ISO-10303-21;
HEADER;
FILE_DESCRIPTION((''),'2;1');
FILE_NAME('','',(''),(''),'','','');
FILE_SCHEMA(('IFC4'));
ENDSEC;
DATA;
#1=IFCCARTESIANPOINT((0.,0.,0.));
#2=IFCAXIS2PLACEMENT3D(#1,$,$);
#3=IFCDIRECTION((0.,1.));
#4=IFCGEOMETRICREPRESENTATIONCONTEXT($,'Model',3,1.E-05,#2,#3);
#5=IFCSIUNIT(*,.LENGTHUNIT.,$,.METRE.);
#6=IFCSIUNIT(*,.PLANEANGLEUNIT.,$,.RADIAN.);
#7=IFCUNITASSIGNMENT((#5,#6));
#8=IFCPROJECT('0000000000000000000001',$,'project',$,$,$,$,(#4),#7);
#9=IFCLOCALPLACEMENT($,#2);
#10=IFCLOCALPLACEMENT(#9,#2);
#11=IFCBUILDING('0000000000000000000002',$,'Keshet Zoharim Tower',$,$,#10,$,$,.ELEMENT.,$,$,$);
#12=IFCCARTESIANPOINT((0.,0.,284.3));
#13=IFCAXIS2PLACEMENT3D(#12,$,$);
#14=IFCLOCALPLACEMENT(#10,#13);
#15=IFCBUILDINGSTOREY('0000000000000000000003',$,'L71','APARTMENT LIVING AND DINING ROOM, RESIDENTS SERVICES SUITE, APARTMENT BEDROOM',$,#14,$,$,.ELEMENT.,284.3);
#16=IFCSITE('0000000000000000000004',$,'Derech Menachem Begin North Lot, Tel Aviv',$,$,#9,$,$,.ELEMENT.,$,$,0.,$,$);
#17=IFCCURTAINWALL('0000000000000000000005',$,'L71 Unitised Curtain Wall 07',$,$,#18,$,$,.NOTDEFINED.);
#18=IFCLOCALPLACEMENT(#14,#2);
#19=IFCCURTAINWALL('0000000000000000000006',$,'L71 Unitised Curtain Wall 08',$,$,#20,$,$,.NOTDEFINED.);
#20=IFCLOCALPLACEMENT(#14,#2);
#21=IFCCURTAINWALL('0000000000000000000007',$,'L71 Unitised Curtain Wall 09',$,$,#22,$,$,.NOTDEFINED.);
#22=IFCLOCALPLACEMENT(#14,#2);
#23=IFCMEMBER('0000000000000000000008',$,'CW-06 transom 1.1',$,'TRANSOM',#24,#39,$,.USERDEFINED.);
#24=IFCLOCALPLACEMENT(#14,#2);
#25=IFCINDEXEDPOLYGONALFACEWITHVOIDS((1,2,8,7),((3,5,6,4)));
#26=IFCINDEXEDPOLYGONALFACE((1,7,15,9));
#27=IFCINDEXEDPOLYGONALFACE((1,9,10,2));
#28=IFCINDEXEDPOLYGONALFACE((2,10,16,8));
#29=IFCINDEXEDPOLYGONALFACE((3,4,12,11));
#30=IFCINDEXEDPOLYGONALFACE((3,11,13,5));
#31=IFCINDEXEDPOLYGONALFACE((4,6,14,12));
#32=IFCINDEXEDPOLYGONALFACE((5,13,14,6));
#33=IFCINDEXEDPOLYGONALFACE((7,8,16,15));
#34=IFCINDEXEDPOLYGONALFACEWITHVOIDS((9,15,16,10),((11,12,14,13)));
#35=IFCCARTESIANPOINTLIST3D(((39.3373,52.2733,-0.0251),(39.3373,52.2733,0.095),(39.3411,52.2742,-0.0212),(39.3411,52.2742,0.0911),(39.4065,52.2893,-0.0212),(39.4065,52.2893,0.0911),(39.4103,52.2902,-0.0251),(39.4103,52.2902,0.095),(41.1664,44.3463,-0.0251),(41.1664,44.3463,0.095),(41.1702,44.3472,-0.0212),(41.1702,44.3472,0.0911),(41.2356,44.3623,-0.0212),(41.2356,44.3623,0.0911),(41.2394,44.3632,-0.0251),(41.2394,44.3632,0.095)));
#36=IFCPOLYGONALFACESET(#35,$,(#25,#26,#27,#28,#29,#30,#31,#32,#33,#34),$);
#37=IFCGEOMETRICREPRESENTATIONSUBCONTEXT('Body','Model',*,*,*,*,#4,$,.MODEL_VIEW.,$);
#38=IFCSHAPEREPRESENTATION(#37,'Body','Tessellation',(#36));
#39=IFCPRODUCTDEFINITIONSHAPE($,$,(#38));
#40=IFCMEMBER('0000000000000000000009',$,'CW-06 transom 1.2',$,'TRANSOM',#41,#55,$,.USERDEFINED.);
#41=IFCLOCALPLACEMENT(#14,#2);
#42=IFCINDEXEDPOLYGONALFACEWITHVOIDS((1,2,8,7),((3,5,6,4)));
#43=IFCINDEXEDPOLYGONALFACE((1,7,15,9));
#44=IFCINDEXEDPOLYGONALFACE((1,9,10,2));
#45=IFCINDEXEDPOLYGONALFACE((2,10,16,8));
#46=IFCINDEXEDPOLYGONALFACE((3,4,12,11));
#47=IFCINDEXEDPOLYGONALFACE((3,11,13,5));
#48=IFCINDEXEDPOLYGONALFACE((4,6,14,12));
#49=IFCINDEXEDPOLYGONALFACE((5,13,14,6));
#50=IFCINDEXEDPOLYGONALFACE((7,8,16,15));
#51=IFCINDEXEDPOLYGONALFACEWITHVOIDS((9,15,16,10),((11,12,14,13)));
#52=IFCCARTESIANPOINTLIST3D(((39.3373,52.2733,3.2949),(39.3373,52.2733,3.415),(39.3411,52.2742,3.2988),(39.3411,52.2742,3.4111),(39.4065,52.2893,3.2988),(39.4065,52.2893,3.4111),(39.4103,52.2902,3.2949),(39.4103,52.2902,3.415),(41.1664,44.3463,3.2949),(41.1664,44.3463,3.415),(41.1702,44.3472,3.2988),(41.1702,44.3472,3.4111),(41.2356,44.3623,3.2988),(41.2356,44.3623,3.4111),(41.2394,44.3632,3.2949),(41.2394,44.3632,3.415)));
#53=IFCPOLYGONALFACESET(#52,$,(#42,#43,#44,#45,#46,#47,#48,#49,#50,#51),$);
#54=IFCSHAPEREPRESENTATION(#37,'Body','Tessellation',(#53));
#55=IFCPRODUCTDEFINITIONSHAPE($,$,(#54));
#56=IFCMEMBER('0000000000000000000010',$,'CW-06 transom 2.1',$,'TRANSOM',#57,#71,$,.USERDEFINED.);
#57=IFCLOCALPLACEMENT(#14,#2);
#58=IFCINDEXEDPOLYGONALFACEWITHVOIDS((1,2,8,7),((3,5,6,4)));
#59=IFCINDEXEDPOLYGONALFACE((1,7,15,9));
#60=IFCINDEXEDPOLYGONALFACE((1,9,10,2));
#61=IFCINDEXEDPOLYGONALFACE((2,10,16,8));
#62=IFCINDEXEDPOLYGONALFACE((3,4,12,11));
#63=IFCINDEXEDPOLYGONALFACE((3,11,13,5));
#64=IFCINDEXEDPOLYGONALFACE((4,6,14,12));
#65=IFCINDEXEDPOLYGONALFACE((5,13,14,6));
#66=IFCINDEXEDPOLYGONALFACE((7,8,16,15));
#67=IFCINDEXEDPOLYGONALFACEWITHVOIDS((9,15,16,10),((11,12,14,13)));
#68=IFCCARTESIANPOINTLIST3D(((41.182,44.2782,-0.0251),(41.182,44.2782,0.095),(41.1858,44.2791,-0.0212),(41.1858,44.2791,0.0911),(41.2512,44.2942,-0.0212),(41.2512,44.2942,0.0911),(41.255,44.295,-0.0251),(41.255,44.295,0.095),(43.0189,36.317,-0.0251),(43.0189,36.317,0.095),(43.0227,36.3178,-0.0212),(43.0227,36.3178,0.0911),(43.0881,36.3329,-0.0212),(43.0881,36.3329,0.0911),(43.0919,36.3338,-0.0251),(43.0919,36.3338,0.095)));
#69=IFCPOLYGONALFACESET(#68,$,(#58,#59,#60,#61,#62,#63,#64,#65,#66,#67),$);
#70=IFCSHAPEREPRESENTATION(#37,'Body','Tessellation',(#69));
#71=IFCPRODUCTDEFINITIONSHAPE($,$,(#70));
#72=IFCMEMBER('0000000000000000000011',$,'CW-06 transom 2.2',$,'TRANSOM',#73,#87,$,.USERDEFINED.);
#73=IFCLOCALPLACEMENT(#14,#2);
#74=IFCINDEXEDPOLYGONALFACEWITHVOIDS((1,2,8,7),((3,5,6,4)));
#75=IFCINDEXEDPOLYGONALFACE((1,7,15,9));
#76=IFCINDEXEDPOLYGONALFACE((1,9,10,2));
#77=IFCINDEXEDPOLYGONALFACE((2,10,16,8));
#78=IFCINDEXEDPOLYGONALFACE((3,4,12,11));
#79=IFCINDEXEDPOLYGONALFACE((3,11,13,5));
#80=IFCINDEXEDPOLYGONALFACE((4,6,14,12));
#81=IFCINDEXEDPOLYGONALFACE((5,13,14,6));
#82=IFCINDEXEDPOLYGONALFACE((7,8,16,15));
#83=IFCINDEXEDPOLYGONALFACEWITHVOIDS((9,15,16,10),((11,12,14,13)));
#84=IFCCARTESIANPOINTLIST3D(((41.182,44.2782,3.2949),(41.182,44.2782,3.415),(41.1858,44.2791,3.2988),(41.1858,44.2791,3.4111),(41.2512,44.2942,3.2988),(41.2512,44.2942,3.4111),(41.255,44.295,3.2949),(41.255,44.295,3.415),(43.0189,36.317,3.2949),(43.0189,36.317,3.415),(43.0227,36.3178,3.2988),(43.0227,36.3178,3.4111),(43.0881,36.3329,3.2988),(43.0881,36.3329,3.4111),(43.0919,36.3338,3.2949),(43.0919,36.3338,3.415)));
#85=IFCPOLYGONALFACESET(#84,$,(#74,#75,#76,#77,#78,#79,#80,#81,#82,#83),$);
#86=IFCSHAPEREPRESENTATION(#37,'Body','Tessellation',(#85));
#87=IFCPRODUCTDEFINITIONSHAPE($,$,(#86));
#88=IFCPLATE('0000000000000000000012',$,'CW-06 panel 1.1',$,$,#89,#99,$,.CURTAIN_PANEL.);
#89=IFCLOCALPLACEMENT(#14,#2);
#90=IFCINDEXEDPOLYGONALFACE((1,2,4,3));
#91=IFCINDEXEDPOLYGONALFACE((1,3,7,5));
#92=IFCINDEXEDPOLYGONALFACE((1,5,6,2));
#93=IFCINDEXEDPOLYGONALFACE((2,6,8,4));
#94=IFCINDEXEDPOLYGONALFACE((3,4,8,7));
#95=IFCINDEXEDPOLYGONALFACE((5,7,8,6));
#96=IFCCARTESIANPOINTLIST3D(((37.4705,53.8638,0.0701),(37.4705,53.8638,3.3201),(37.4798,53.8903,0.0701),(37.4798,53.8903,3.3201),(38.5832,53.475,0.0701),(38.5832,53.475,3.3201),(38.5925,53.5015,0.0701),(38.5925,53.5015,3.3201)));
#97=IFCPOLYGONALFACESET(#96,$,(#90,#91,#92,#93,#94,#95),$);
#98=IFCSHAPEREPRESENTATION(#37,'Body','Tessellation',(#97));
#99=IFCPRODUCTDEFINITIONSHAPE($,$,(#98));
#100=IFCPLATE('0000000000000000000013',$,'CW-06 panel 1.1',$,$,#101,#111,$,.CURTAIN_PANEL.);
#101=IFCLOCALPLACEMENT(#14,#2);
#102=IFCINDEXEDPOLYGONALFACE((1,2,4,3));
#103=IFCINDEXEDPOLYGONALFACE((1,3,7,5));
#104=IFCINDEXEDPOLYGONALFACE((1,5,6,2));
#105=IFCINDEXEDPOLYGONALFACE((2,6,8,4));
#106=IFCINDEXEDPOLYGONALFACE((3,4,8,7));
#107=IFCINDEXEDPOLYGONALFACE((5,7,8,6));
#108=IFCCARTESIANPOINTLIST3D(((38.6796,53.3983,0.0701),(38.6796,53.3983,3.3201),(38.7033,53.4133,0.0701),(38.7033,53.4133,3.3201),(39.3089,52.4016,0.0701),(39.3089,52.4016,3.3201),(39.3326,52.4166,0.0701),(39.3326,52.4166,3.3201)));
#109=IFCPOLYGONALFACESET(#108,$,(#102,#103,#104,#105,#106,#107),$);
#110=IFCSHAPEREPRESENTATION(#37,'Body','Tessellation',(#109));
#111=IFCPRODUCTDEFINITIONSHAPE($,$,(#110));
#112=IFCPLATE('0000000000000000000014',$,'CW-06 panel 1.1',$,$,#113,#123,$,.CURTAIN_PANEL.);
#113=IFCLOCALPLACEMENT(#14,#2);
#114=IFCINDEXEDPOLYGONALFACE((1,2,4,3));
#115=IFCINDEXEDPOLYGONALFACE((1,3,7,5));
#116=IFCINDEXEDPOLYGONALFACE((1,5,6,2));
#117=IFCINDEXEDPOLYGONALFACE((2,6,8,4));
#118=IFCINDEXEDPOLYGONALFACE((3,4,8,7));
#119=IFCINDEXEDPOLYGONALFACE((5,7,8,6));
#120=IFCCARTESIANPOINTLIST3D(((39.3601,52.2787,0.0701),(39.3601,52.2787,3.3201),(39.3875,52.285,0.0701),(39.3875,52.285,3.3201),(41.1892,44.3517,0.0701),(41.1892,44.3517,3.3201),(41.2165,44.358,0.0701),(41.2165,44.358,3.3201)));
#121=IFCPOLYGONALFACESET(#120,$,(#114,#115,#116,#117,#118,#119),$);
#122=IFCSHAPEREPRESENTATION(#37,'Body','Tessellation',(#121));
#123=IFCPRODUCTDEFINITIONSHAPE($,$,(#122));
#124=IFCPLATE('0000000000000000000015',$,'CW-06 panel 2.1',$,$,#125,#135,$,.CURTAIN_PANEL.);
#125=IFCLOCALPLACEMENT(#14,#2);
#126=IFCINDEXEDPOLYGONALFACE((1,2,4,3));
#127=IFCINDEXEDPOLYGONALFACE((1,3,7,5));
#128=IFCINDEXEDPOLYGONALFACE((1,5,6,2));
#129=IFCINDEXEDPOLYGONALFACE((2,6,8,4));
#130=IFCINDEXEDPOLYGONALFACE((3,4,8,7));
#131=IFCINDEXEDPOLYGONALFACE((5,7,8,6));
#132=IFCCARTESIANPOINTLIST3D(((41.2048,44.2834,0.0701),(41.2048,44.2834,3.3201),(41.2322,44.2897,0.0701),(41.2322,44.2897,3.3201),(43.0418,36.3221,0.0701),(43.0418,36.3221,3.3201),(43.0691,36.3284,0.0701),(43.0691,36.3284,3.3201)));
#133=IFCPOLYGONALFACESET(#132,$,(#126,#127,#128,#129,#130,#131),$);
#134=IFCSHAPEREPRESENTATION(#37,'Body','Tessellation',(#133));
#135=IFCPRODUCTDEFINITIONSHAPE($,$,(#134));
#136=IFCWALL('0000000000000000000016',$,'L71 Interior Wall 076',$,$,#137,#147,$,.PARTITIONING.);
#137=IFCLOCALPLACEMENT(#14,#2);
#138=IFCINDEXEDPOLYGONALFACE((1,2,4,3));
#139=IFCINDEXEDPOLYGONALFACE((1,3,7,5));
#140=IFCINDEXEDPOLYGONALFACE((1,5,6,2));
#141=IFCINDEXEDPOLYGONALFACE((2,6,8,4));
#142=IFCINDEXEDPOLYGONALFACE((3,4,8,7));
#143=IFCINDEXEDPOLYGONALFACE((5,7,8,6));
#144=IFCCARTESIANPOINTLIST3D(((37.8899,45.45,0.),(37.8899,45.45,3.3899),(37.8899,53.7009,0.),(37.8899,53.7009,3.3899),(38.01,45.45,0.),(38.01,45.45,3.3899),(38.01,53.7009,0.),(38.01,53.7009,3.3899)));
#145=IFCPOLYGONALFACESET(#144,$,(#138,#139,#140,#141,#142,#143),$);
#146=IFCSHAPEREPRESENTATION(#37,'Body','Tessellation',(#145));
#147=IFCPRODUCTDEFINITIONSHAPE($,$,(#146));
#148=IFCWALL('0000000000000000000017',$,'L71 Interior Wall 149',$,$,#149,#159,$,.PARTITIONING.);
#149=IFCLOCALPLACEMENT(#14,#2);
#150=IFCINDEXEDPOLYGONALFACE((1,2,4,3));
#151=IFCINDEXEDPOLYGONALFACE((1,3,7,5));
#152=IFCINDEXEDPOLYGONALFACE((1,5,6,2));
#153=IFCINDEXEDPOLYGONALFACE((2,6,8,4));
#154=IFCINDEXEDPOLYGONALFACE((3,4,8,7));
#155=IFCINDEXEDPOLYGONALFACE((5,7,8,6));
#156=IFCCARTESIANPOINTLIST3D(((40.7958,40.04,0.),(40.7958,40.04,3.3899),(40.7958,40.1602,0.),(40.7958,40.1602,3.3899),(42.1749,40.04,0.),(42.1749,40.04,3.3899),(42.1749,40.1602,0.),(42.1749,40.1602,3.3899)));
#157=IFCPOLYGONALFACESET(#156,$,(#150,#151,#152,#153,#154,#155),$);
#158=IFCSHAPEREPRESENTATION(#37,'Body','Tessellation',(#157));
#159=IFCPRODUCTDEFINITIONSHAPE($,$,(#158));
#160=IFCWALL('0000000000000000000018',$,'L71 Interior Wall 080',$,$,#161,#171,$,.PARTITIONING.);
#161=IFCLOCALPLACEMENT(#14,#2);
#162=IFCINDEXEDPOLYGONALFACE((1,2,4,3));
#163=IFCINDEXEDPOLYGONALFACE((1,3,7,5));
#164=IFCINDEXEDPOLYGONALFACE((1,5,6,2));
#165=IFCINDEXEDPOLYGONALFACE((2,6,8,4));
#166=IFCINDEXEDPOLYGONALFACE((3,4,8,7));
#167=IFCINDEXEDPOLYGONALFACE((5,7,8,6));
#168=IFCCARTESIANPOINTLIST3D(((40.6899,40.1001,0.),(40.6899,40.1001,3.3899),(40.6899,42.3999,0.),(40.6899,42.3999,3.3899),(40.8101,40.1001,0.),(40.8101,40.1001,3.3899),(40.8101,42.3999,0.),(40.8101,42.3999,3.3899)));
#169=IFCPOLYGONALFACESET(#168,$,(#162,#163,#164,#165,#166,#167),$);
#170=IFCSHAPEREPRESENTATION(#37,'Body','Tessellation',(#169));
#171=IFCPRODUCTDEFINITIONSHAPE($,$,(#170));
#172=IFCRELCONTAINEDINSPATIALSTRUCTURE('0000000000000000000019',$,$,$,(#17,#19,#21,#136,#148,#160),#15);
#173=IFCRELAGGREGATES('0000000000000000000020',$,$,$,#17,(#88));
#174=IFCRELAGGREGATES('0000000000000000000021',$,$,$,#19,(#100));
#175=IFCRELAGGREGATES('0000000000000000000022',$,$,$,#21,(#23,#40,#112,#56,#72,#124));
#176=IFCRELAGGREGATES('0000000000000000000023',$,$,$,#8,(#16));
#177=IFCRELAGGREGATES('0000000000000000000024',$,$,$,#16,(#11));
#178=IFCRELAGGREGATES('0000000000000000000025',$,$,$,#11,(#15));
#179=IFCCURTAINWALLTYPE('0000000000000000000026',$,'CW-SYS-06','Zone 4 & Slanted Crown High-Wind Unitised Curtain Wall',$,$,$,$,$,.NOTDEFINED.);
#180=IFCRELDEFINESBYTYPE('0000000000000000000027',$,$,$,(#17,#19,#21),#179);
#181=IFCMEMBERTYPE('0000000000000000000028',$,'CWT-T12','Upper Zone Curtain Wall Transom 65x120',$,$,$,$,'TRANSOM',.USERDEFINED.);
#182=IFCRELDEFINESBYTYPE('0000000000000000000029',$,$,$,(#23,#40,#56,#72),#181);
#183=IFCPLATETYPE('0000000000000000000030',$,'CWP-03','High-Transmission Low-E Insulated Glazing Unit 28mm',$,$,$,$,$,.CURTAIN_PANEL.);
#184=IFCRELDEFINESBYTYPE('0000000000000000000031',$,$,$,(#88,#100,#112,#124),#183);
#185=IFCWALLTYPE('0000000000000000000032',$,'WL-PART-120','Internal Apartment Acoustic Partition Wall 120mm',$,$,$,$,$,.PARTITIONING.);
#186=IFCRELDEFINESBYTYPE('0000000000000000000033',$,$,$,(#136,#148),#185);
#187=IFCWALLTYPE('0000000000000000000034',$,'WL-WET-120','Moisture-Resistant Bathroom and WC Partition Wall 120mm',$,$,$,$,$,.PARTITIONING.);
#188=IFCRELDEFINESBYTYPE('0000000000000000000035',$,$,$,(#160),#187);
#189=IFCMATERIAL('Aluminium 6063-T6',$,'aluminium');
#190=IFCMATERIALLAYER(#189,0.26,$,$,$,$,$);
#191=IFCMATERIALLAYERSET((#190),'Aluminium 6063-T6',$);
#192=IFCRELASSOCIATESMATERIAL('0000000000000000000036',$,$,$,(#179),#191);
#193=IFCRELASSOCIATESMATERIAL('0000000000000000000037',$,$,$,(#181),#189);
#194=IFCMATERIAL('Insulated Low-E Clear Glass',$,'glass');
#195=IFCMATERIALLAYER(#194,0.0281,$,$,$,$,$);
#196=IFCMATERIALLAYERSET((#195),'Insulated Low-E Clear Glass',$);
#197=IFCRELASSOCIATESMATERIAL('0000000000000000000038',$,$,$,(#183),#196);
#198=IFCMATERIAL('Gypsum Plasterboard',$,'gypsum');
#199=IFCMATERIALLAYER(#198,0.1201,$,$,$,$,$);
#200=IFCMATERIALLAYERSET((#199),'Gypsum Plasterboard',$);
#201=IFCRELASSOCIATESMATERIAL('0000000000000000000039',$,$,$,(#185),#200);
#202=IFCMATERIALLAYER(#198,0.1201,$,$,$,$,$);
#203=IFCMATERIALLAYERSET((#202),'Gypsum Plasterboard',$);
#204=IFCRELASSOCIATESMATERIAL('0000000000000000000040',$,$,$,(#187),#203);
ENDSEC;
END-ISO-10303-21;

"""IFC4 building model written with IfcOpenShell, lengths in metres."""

from ifc_helpers import new_model, si_unit, direction, frame, frame_2d, origin, origin_2d, place, context, subcontext, project, spatial, rectangle, hollow_rectangle, extrude, material, layer, layer_set, material_profile, profile_set, type_object, element, aggregate, save


model = new_model("IFC4")

# Units and contexts
model_context = context("Model", 3, precision=1e-05, world=origin(), true_north=direction((0.0, 1.0)))
body_context = subcontext(model_context, "Body", "Model", "MODEL_VIEW")
ifc_project = project(units=[si_unit("LENGTHUNIT", "METRE"), si_unit("PLANEANGLEUNIT", "RADIAN")], contexts=[model_context])

# Site, building, storey
site_placement = place(None, origin())
site = spatial("IfcSite", under=ifc_project, at=site_placement, Name="Derech Menachem Begin North Lot, Tel Aviv", CompositionType="ELEMENT", RefElevation=0.0)
building_placement = place(site_placement, origin())
building = spatial("IfcBuilding", under=site, at=building_placement, Name="Keshet Zoharim Tower", CompositionType="ELEMENT")
storey_placement = place(building_placement, frame((0.0, 0.0, 284.3)))
storey = spatial("IfcBuildingStorey", under=building, at=storey_placement, Name="L71", Description="APARTMENT LIVING AND DINING ROOM, RESIDENTS SERVICES SUITE, APARTMENT BEDROOM", CompositionType="ELEMENT", Elevation=284.3)

# Shared definitions
ifc_material_1 = material(Name="Aluminium 6063-T6", Category="aluminium")
ifc_layer_1 = layer(ifc_material_1, 0.26)
ifc_layer_set_1 = layer_set([ifc_layer_1], Name="Aluminium 6063-T6")
curtain_wall_type = type_object("IfcCurtainWallType", Name="CW-SYS-06", Description="Zone 4 & Slanted Crown High-Wind Unitised Curtain Wall", PredefinedType="NOTDEFINED", material=ifc_layer_set_1)

# Curtain walls
curtain_wall_1_placement = place(storey_placement, origin())
curtain_wall_1 = element("IfcCurtainWall", 1, at=curtain_wall_1_placement, inside=storey, type_object=curtain_wall_type, Name="L71 Unitised Curtain Wall 07", PredefinedType="NOTDEFINED")
curtain_wall_2_placement = place(storey_placement, origin())
curtain_wall_2 = element("IfcCurtainWall", 2, at=curtain_wall_2_placement, inside=storey, type_object=curtain_wall_type, Name="L71 Unitised Curtain Wall 08", PredefinedType="NOTDEFINED")
curtain_wall_3_placement = place(storey_placement, origin())
curtain_wall_3 = element("IfcCurtainWall", 3, at=curtain_wall_3_placement, inside=storey, type_object=curtain_wall_type, Name="L71 Unitised Curtain Wall 09", PredefinedType="NOTDEFINED")

# Members
ifc_material_profile_1 = material_profile(ifc_material_1, hollow_rectangle(XDim=0.075, YDim=0.1201, WallThickness=0.0039, at=origin_2d()), Name="TRN-75x120")
ifc_profile_set_1 = profile_set([ifc_material_profile_1], Name="Aluminium 6063-T6")
member_type_1 = type_object("IfcMemberType", Name="CWT-T12", Description="Upper Zone Curtain Wall Transom 65x120", ElementType="TRANSOM", PredefinedType="USERDEFINED", material=ifc_profile_set_1)
member_1_placement = place(storey_placement, frame((39.3738, 52.2817, 0.0349), z_axis=(0.224835, -0.974397, 0.0), x_axis=(0.974397, 0.224835, 0.0)))
member_1 = element("IfcMember", 4, at=member_1_placement, type_object=member_type_1, Name="CW-06 transom 1.1", ObjectType="TRANSOM", PredefinedType="USERDEFINED", context=body_context, shape_type="SweptSolid", body=[
    extrude(hollow_rectangle(XDim=0.075, YDim=0.1201, WallThickness=0.0039, at=origin_2d()), origin(), (0.0, 0.0, 1.0), 8.1353),
])
member_2_placement = place(storey_placement, frame((39.3738, 52.2817, 3.355), z_axis=(0.224835, -0.974397, 0.0), x_axis=(0.974397, 0.224835, 0.0)))
member_2 = element("IfcMember", 5, at=member_2_placement, type_object=member_type_1, Name="CW-06 transom 1.2", ObjectType="TRANSOM", PredefinedType="USERDEFINED", context=body_context, shape_type="SweptSolid", body=[
    extrude(hollow_rectangle(XDim=0.075, YDim=0.1201, WallThickness=0.0039, at=origin_2d()), origin(), (0.0, 0.0, 1.0), 8.1353),
])
member_3_placement = place(storey_placement, frame((41.2185, 44.2866, 0.0349), z_axis=(0.224827, -0.974399, 0.0), x_axis=(0.974399, 0.224827, 0.0)))
member_3 = element("IfcMember", 6, at=member_3_placement, type_object=member_type_1, Name="CW-06 transom 2.1", ObjectType="TRANSOM", PredefinedType="USERDEFINED", context=body_context, shape_type="SweptSolid", body=[
    extrude(hollow_rectangle(XDim=0.075, YDim=0.1201, WallThickness=0.0039, at=origin_2d()), origin(), (0.0, 0.0, 1.0), 8.1704),
])
member_4_placement = place(storey_placement, frame((41.2185, 44.2866, 3.355), z_axis=(0.224827, -0.974399, 0.0), x_axis=(0.974399, 0.224827, 0.0)))
member_4 = element("IfcMember", 7, at=member_4_placement, type_object=member_type_1, Name="CW-06 transom 2.2", ObjectType="TRANSOM", PredefinedType="USERDEFINED", context=body_context, shape_type="SweptSolid", body=[
    extrude(hollow_rectangle(XDim=0.075, YDim=0.1201, WallThickness=0.0039, at=origin_2d()), origin(), (0.0, 0.0, 1.0), 8.1704),
])

# Plates
ifc_material_2 = material(Name="Insulated Low-E Clear Glass", Category="glass")
ifc_layer_2 = layer(ifc_material_2, 0.0281)
ifc_layer_set_2 = layer_set([ifc_layer_2], Name="Insulated Low-E Clear Glass")
plate_type = type_object("IfcPlateType", Name="CWP-03", Description="High-Transmission Low-E Insulated Glazing Unit 28mm", PredefinedType="CURTAIN_PANEL", material=ifc_layer_set_2)
plate_1_placement = place(storey_placement, frame((38.0315, 53.6826, 0.0701), z_axis=(0.0, 0.0, 1.0), x_axis=(0.944036, -0.329844, 0.0)))
plate_1 = element("IfcPlate", 8, at=plate_1_placement, type_object=plate_type, Name="CW-06 panel 1.1", PredefinedType="CURTAIN_PANEL", context=body_context, shape_type="SweptSolid", body=[
    extrude(rectangle(XDim=1.1787, YDim=0.0281, at=origin_2d()), origin(), (0.0, 0.0, 1.0), 3.25),
])
aggregate(curtain_wall_1, [plate_1])
plate_2_placement = place(storey_placement, frame((39.0061, 52.9075, 0.0701), z_axis=(0.0, 0.0, 1.0), x_axis=(0.533879, -0.845561, 0.0)))
plate_2 = element("IfcPlate", 9, at=plate_2_placement, type_object=plate_type, Name="CW-06 panel 1.1", PredefinedType="CURTAIN_PANEL", context=body_context, shape_type="SweptSolid", body=[
    extrude(rectangle(XDim=1.1787, YDim=0.0281, at=origin_2d()), origin(), (0.0, 0.0, 1.0), 3.25),
])
aggregate(curtain_wall_2, [plate_2])
plate_3_placement = place(storey_placement, frame((40.2883, 48.3184, 0.0701), z_axis=(0.0, 0.0, 1.0), x_axis=(0.22483, -0.974398, 0.0)))
plate_3 = element("IfcPlate", 10, at=plate_3_placement, type_object=plate_type, Name="CW-06 panel 1.1", PredefinedType="CURTAIN_PANEL", context=body_context, shape_type="SweptSolid", body=[
    extrude(rectangle(XDim=8.1353, YDim=0.0281, at=origin_2d()), origin(), (0.0, 0.0, 1.0), 3.25),
])
plate_4_placement = place(storey_placement, frame((42.137, 40.3059, 0.0701), z_axis=(0.0, 0.0, 1.0), x_axis=(0.22483, -0.974398, 0.0)))
plate_4 = element("IfcPlate", 11, at=plate_4_placement, type_object=plate_type, Name="CW-06 panel 2.1", PredefinedType="CURTAIN_PANEL", context=body_context, shape_type="SweptSolid", body=[
    extrude(rectangle(XDim=8.1704, YDim=0.0281, at=origin_2d()), origin(), (0.0, 0.0, 1.0), 3.25),
])
aggregate(curtain_wall_3, [member_1, member_2, plate_3, member_3, member_4, plate_4])

# Walls
ifc_material_3 = material(Name="Gypsum Plasterboard", Category="gypsum")
ifc_layer_3 = layer(ifc_material_3, 0.1201)
ifc_layer_set_3 = layer_set([ifc_layer_3], Name="Gypsum Plasterboard")
wall_type_1 = type_object("IfcWallType", Name="WL-PART-120", Description="Internal Apartment Acoustic Partition Wall 120mm", PredefinedType="PARTITIONING", material=ifc_layer_set_3)
wall_1_placement = place(storey_placement, frame((37.95, 45.45, 0.0), z_axis=(0.0, 0.0, 1.0), x_axis=(0.0, 1.0, 0.0)))
element("IfcWall", 12, at=wall_1_placement, inside=storey, type_object=wall_type_1, Name="L71 Interior Wall 076", PredefinedType="PARTITIONING", context=body_context, shape_type="SweptSolid", body=[
    extrude(rectangle(XDim=8.251, YDim=0.1201, at=frame_2d((4.1255, 0.0))), origin(), (0.0, 0.0, 1.0), 3.3899),
])
wall_2_placement = place(storey_placement, frame((40.7959, 40.1001, 0.0), z_axis=(0.0, 0.0, 1.0), x_axis=(1.0, 0.0, 0.0)))
element("IfcWall", 13, at=wall_2_placement, inside=storey, type_object=wall_type_1, Name="L71 Interior Wall 149", PredefinedType="PARTITIONING", context=body_context, shape_type="SweptSolid", body=[
    extrude(rectangle(XDim=1.3792, YDim=0.1201, at=frame_2d((0.6895, 0.0))), origin(), (0.0, 0.0, 1.0), 3.3899),
])
ifc_layer_4 = layer(ifc_material_3, 0.1201)
ifc_layer_set_4 = layer_set([ifc_layer_4], Name="Gypsum Plasterboard")
wall_type_2 = type_object("IfcWallType", Name="WL-WET-120", Description="Moisture-Resistant Bathroom and WC Partition Wall 120mm", PredefinedType="PARTITIONING", material=ifc_layer_set_4)
wall_3_placement = place(storey_placement, frame((40.75, 40.1001, 0.0), z_axis=(0.0, 0.0, 1.0), x_axis=(0.0, 1.0, 0.0)))
element("IfcWall", 14, at=wall_3_placement, inside=storey, type_object=wall_type_2, Name="L71 Interior Wall 080", PredefinedType="PARTITIONING", context=body_context, shape_type="SweptSolid", body=[
    extrude(rectangle(XDim=2.2998, YDim=0.1201, at=frame_2d((1.1499, 0.0))), origin(), (0.0, 0.0, 1.0), 3.3899),
])

save(model, "model.ifc")
